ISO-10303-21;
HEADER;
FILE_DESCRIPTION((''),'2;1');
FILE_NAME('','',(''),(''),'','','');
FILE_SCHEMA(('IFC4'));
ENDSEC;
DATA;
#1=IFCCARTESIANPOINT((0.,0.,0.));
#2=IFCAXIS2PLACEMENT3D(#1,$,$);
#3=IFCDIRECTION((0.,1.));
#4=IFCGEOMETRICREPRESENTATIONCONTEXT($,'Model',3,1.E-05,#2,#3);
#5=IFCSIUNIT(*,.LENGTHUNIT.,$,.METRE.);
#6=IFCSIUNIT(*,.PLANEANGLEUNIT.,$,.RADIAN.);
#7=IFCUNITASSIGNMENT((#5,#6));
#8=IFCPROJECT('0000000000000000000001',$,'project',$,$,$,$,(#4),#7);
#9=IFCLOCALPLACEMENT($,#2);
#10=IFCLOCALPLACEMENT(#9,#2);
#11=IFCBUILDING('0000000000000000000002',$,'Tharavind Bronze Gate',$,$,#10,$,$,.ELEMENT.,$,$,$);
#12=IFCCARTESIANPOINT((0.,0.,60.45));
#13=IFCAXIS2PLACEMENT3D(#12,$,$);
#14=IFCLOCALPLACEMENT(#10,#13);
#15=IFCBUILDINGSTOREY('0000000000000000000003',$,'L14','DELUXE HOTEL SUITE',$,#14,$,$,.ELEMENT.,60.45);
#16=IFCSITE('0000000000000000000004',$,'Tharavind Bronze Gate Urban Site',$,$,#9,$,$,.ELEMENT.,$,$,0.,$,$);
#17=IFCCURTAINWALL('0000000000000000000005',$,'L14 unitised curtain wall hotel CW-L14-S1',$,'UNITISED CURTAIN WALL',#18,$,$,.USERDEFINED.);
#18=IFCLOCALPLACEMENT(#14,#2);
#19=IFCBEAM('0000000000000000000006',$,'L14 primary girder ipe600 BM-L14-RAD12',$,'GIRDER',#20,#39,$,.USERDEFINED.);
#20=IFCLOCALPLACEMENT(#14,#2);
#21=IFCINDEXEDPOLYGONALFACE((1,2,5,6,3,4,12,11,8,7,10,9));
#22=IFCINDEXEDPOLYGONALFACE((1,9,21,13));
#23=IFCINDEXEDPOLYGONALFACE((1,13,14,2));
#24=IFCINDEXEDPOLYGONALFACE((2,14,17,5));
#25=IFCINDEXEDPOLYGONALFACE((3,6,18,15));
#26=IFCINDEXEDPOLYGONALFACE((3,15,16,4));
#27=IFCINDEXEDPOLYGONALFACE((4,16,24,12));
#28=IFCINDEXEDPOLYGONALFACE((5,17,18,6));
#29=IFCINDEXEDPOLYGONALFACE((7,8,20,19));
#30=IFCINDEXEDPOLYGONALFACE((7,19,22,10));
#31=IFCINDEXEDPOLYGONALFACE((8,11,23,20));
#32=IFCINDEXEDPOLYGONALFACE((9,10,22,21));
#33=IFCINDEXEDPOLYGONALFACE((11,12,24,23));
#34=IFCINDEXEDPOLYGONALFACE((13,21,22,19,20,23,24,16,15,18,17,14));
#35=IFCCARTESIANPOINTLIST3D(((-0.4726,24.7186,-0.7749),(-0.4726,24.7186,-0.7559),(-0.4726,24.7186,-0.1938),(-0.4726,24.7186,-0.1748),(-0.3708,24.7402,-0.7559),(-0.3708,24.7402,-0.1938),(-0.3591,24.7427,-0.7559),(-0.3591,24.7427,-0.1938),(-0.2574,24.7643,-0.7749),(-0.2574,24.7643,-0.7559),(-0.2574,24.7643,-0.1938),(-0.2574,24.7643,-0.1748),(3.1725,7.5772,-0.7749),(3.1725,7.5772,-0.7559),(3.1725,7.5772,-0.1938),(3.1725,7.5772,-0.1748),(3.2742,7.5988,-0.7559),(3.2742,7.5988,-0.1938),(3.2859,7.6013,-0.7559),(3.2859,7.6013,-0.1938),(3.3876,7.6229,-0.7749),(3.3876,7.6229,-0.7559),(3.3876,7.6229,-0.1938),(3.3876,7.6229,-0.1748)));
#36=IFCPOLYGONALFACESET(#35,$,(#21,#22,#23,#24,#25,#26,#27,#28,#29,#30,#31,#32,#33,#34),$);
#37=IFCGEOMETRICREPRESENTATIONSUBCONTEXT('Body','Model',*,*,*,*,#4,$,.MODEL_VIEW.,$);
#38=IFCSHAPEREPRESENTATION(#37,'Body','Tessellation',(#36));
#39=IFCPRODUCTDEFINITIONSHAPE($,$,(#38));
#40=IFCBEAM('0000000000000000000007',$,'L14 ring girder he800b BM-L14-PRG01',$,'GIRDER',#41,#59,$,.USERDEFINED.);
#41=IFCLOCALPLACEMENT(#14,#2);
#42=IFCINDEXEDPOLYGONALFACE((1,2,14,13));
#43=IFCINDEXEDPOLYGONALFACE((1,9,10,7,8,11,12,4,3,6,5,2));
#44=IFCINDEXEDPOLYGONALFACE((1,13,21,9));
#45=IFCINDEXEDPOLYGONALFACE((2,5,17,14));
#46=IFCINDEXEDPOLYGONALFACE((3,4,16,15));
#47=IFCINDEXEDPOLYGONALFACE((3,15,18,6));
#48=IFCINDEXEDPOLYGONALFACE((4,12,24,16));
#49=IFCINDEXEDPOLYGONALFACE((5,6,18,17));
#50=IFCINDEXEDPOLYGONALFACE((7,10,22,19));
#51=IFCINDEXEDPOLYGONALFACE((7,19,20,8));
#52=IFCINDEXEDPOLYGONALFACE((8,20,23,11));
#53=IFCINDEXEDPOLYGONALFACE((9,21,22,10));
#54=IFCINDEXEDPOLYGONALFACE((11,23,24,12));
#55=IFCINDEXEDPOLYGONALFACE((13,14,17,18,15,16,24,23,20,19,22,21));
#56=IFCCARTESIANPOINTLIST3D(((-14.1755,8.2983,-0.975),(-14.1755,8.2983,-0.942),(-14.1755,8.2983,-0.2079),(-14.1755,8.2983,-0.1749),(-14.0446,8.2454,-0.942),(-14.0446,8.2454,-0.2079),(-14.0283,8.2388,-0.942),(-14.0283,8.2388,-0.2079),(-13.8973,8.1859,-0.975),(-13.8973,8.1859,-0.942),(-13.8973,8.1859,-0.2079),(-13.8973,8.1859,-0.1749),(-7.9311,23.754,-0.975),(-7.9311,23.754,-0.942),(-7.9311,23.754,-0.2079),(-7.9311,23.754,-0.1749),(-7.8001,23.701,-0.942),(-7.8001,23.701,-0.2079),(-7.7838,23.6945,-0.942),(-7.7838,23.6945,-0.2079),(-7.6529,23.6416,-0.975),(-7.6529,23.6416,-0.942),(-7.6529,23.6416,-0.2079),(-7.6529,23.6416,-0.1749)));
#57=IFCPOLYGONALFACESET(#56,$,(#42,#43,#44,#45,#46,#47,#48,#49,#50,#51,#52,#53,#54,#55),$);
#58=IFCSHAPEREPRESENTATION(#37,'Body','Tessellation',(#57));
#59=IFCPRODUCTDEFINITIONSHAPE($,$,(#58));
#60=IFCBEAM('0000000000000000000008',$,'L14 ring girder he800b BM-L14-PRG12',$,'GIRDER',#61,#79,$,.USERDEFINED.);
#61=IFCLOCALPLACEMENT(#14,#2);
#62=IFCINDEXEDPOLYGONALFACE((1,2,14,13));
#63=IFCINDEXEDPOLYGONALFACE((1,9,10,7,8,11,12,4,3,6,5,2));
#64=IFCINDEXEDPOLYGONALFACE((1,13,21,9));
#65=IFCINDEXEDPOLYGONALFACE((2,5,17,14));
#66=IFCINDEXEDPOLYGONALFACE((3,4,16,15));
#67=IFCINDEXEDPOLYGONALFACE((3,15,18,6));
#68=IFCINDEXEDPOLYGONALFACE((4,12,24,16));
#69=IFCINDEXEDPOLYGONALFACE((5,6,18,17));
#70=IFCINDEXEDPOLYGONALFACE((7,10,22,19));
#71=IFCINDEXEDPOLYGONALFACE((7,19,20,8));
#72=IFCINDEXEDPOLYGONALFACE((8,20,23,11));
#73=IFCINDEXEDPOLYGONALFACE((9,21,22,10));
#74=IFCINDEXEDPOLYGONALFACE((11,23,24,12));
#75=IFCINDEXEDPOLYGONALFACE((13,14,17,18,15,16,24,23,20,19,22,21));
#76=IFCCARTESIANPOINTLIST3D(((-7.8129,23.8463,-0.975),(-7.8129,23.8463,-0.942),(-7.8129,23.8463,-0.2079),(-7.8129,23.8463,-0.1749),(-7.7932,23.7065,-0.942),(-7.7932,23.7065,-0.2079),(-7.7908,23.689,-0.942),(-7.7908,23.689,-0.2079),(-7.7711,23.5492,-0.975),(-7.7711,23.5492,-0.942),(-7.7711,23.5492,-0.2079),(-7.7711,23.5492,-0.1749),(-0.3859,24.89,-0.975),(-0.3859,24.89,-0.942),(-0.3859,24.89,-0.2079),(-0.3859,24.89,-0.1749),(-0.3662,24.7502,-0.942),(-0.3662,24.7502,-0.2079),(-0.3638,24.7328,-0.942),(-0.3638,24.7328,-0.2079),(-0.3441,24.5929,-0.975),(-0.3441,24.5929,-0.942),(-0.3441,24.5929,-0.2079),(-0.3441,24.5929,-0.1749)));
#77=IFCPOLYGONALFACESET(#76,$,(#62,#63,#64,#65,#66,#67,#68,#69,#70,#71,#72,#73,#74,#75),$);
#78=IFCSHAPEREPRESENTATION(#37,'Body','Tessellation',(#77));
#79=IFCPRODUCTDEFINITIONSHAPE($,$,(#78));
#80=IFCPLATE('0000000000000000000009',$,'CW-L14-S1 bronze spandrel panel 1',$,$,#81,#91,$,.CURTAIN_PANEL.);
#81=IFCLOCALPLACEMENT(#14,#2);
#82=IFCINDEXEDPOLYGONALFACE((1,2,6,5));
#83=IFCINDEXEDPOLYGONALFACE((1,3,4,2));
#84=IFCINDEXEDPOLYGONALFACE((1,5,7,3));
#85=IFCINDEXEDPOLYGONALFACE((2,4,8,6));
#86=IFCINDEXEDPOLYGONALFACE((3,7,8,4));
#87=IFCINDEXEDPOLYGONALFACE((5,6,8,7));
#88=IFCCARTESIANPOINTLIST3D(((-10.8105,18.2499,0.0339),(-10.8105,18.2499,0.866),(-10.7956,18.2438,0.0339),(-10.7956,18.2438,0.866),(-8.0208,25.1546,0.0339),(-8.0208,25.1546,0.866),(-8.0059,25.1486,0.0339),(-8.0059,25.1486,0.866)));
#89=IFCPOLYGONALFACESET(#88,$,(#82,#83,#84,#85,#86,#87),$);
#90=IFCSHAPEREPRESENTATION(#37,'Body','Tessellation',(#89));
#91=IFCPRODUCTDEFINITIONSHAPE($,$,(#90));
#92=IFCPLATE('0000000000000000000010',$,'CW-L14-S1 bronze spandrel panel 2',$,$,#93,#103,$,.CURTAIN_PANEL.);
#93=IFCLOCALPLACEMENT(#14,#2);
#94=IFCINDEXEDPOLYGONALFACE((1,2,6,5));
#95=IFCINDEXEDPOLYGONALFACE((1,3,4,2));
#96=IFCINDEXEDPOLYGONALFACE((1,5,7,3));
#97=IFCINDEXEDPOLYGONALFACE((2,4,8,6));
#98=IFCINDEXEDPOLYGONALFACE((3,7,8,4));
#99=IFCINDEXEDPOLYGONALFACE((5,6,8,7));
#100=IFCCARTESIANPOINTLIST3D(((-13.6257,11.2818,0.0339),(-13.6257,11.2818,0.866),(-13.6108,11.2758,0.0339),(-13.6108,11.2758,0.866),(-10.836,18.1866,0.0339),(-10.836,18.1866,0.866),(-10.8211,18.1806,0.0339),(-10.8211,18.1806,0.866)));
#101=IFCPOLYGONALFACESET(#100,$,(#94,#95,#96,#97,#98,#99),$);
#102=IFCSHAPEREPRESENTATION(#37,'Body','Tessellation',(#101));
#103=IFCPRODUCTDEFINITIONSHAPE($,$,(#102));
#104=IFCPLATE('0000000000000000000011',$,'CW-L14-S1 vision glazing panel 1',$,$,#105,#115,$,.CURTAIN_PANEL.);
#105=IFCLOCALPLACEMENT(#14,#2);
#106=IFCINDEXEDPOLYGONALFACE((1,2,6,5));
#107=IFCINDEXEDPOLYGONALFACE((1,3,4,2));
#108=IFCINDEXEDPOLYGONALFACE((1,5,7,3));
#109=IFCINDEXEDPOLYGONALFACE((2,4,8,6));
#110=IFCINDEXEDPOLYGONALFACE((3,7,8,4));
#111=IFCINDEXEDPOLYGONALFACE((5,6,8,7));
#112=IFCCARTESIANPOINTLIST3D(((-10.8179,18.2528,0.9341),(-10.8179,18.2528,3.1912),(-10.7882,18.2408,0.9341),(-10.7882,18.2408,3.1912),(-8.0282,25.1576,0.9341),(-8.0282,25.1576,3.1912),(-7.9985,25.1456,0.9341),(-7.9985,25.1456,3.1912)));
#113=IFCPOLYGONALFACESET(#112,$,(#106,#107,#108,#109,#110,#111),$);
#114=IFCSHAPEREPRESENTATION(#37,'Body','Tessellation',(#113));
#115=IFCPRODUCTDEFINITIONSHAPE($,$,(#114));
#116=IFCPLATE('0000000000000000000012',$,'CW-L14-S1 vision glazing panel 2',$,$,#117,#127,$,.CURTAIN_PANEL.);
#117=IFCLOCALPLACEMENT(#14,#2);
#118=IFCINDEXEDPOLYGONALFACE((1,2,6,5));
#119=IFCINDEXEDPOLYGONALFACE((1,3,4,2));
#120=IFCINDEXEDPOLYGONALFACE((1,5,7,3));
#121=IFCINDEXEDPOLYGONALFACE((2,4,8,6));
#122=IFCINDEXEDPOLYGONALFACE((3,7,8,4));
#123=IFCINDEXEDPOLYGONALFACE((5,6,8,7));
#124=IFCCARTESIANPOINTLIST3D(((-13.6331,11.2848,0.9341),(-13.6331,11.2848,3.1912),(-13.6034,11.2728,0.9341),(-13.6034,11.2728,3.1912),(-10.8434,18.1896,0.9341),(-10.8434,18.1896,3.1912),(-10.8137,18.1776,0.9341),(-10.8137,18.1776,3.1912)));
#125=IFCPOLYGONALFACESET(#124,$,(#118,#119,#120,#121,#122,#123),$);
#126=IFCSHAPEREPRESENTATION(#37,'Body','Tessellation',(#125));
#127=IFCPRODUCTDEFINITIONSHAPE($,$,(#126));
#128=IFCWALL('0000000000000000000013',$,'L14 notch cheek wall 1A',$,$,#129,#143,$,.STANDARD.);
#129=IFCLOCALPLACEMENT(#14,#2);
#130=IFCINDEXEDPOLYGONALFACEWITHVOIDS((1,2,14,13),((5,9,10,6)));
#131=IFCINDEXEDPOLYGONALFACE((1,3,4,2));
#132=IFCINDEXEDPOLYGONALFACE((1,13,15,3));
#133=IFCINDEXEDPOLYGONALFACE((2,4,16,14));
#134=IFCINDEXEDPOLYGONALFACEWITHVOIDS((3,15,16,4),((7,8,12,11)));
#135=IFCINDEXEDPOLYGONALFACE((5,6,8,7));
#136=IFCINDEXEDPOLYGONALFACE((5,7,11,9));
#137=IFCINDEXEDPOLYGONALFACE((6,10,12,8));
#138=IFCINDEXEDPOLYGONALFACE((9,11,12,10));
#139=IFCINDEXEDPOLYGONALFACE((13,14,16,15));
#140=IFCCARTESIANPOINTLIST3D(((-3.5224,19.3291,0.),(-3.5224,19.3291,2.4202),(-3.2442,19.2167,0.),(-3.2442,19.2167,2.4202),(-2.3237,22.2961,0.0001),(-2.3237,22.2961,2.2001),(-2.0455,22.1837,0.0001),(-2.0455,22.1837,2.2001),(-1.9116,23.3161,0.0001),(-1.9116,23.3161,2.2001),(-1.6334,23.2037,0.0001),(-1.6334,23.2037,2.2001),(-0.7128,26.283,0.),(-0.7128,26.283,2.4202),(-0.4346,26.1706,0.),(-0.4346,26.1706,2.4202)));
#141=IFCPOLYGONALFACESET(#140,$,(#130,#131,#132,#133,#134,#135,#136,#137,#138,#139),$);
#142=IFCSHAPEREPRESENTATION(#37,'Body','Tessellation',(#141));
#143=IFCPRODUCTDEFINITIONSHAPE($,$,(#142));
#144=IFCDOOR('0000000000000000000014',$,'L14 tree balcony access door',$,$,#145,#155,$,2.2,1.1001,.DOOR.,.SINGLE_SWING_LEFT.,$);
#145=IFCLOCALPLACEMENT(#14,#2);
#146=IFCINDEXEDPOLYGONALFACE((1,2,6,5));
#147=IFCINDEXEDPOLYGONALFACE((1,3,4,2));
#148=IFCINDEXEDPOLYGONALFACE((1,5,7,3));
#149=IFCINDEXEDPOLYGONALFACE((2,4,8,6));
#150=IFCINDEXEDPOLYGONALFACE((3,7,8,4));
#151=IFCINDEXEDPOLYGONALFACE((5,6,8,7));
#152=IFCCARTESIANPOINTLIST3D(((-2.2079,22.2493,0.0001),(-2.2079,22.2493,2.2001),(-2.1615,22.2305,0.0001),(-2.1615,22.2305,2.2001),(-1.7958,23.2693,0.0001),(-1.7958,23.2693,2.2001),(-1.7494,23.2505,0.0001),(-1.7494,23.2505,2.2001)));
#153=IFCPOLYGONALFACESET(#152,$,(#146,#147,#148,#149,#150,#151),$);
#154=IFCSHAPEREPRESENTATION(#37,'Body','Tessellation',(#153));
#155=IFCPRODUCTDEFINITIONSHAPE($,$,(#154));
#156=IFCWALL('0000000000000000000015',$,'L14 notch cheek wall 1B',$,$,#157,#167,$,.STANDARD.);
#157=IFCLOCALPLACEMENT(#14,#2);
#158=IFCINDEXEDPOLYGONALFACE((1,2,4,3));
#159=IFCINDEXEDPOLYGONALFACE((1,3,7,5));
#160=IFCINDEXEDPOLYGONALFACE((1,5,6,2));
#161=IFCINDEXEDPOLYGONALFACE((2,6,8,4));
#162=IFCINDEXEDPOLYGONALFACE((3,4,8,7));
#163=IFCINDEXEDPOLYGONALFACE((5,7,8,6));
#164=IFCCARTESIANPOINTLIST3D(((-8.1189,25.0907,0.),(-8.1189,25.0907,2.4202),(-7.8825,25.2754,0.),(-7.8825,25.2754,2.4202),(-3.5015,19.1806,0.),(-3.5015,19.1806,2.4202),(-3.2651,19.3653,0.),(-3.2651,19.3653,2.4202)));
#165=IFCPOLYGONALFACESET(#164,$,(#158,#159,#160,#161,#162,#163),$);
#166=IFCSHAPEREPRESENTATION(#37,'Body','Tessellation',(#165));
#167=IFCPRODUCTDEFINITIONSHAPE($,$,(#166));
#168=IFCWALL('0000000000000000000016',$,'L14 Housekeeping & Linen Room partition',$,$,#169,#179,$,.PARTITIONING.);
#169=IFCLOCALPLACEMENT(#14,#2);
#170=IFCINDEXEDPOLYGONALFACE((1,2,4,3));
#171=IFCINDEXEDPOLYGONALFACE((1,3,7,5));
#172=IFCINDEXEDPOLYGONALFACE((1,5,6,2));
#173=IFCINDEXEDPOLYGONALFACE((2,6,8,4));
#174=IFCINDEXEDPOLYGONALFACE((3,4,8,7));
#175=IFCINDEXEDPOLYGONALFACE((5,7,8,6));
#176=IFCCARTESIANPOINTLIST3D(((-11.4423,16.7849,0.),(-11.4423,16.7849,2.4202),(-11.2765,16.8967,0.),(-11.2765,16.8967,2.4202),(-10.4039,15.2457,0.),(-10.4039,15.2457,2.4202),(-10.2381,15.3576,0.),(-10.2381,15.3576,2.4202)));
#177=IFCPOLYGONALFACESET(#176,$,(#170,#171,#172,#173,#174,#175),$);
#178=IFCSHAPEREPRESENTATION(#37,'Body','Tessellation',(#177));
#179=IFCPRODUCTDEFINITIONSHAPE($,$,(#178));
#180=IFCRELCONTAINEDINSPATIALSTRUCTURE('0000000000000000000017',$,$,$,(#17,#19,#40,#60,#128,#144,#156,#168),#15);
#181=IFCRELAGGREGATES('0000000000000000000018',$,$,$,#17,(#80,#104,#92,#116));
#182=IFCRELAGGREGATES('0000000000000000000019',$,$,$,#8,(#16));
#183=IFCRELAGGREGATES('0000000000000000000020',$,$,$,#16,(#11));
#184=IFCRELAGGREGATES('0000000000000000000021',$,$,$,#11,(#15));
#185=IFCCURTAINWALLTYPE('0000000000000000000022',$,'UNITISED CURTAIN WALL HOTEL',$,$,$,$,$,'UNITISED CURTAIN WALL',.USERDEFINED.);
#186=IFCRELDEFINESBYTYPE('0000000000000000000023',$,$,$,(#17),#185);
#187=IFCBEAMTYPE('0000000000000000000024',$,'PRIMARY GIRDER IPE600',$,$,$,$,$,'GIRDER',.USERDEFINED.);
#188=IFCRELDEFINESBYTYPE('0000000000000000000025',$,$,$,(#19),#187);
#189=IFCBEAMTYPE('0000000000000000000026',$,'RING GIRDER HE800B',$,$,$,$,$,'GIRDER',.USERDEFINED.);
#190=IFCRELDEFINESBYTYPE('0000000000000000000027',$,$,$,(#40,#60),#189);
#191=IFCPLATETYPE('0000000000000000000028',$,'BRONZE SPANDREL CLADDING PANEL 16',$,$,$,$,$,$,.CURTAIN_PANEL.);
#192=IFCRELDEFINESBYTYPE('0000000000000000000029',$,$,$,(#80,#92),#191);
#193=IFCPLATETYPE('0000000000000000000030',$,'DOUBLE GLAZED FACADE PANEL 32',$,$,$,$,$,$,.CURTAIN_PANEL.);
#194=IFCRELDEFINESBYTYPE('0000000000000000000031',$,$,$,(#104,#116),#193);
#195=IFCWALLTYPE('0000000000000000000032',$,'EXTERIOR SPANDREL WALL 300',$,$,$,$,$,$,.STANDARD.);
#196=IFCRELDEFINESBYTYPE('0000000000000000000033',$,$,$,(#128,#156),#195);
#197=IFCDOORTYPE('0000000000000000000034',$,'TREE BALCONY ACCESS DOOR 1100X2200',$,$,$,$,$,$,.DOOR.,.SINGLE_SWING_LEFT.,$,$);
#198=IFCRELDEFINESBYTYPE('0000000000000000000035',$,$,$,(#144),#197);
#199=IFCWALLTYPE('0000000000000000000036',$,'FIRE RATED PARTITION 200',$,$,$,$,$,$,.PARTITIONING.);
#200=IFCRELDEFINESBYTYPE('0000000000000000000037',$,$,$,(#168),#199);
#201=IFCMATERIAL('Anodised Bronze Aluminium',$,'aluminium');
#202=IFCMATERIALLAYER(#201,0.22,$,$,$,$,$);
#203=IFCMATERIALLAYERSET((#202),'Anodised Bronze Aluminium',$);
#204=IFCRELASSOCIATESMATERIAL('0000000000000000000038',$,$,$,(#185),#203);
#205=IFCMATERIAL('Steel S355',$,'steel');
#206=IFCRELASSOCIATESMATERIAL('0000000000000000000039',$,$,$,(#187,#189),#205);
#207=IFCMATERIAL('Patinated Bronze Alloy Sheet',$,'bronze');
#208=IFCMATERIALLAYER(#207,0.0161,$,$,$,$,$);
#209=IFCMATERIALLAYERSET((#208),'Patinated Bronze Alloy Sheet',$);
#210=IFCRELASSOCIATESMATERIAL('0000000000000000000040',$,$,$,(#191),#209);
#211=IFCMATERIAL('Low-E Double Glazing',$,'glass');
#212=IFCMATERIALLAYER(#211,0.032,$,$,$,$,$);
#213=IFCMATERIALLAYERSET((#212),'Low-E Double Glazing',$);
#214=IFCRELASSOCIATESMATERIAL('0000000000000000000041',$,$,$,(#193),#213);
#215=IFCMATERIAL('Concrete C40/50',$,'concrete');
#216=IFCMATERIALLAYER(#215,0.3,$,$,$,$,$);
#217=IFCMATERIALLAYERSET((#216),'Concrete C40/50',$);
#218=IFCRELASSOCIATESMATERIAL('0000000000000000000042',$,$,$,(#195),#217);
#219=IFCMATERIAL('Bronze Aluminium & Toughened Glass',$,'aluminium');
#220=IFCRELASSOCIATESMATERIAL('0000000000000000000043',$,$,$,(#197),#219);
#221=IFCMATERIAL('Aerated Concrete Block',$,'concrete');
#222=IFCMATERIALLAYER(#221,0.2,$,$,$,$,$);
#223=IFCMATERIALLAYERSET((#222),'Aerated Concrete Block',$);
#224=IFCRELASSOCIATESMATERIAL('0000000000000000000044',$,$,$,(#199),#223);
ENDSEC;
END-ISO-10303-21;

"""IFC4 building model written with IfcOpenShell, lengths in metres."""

from ifc_helpers import new_model, si_unit, direction, frame, frame_2d, origin, origin_2d, place, context, subcontext, project, spatial, rectangle, i_section, extrude, material, layer, layer_set, material_profile, profile_set, type_object, element, fill, aggregate, save


model = new_model("IFC4")

# Units and contexts
model_context = context("Model", 3, precision=1e-05, world=origin(), true_north=direction((0.0, 1.0)))
body_context = subcontext(model_context, "Body", "Model", "MODEL_VIEW")
ifc_project = project(units=[si_unit("LENGTHUNIT", "METRE"), si_unit("PLANEANGLEUNIT", "RADIAN")], contexts=[model_context])

# Site, building, storey
site_placement = place(None, origin())
site = spatial("IfcSite", under=ifc_project, at=site_placement, Name="Tharavind Bronze Gate Urban Site", CompositionType="ELEMENT", RefElevation=0.0)
building_placement = place(site_placement, origin())
building = spatial("IfcBuilding", under=site, at=building_placement, Name="Tharavind Bronze Gate", CompositionType="ELEMENT")
storey_placement = place(building_placement, frame((0.0, 0.0, 60.45)))
storey = spatial("IfcBuildingStorey", under=building, at=storey_placement, Name="L14", Description="DELUXE HOTEL SUITE", CompositionType="ELEMENT", Elevation=60.45)

# Curtain wall
ifc_material_1 = material(Name="Anodised Bronze Aluminium", Category="aluminium")
ifc_layer_1 = layer(ifc_material_1, 0.22)
ifc_layer_set_1 = layer_set([ifc_layer_1], Name="Anodised Bronze Aluminium")
curtain_wall_type = type_object("IfcCurtainWallType", Name="UNITISED CURTAIN WALL HOTEL", ElementType="UNITISED CURTAIN WALL", PredefinedType="USERDEFINED", material=ifc_layer_set_1)
curtain_wall_1_placement = place(storey_placement, origin())
curtain_wall_1 = element("IfcCurtainWall", 1, at=curtain_wall_1_placement, inside=storey, type_object=curtain_wall_type, Name="L14 unitised curtain wall hotel CW-L14-S1", ObjectType="UNITISED CURTAIN WALL", PredefinedType="USERDEFINED")

# Beams
ifc_material_2 = material(Name="Steel S355", Category="steel")
ifc_material_profile_1 = material_profile(ifc_material_2, i_section(OverallWidth=0.22, OverallDepth=0.6001, WebThickness=0.012, FlangeThickness=0.019, at=origin_2d()), Name="IPE600")
ifc_profile_set_1 = profile_set([ifc_material_profile_1], Name="Steel S355")
beam_type_1 = type_object("IfcBeamType", Name="PRIMARY GIRDER IPE600", ElementType="GIRDER", PredefinedType="USERDEFINED", material=ifc_profile_set_1)
beam_1_placement = place(storey_placement, frame((-0.365, 24.7415, -0.4749), z_axis=(0.207994, -0.97813, 0.0), x_axis=(0.97813, 0.207994, 0.0)))
element("IfcBeam", 2, at=beam_1_placement, inside=storey, type_object=beam_type_1, Name="L14 primary girder ipe600 BM-L14-RAD12", ObjectType="GIRDER", PredefinedType="USERDEFINED", context=body_context, shape_type="SweptSolid", body=[
    extrude(i_section(OverallWidth=0.22, OverallDepth=0.6001, WebThickness=0.012, FlangeThickness=0.019, at=origin_2d()), origin(), (0.0, 0.0, 1.0), 17.5247),
])
ifc_material_profile_2 = material_profile(ifc_material_2, i_section(OverallWidth=0.3, OverallDepth=0.8, WebThickness=0.0176, FlangeThickness=0.033, at=origin_2d()), Name="HE800B")
ifc_profile_set_2 = profile_set([ifc_material_profile_2], Name="Steel S355")
beam_type_2 = type_object("IfcBeamType", Name="RING GIRDER HE800B", ElementType="GIRDER", PredefinedType="USERDEFINED", material=ifc_profile_set_2)
beam_2_placement = place(storey_placement, frame((-7.792, 23.6978, -0.575), z_axis=(-0.374603, -0.927185, 0.0), x_axis=(0.927185, -0.374603, 0.0)))
element("IfcBeam", 3, at=beam_2_placement, inside=storey, type_object=beam_type_2, Name="L14 ring girder he800b BM-L14-PRG01", ObjectType="GIRDER", PredefinedType="USERDEFINED", context=body_context, shape_type="SweptSolid", body=[
    extrude(i_section(OverallWidth=0.3, OverallDepth=0.8, WebThickness=0.0176, FlangeThickness=0.033, at=origin_2d()), origin(), (0.0, 0.0, 1.0), 16.6694),
])
beam_3_placement = place(storey_placement, frame((-0.365, 24.7415, -0.575), z_axis=(-0.99027, -0.139161, 0.0), x_axis=(0.139161, -0.99027, 0.0)))
element("IfcBeam", 4, at=beam_3_placement, inside=storey, type_object=beam_type_2, Name="L14 ring girder he800b BM-L14-PRG12", ObjectType="GIRDER", PredefinedType="USERDEFINED", context=body_context, shape_type="SweptSolid", body=[
    extrude(i_section(OverallWidth=0.3, OverallDepth=0.8, WebThickness=0.0176, FlangeThickness=0.033, at=origin_2d()), origin(), (0.0, 0.0, 1.0), 7.5),
])

# Plates
ifc_material_3 = material(Name="Patinated Bronze Alloy Sheet", Category="bronze")
ifc_layer_2 = layer(ifc_material_3, 0.0161)
ifc_layer_set_2 = layer_set([ifc_layer_2], Name="Patinated Bronze Alloy Sheet")
plate_type_1 = type_object("IfcPlateType", Name="BRONZE SPANDREL CLADDING PANEL 16", PredefinedType="CURTAIN_PANEL", material=ifc_layer_set_2)
plate_1_placement = place(storey_placement, frame((-9.4082, 21.6992, 0.0339), z_axis=(0.0, 0.0, 1.0), x_axis=(-0.374607, -0.927184, 0.0)))
plate_1 = element("IfcPlate", 5, at=plate_1_placement, type_object=plate_type_1, Name="CW-L14-S1 bronze spandrel panel 1", PredefinedType="CURTAIN_PANEL", context=body_context, shape_type="SweptSolid", body=[
    extrude(rectangle(XDim=7.447, YDim=0.0161, at=origin_2d()), origin(), (0.0, 0.0, 1.0), 0.832),
])
plate_2_placement = place(storey_placement, frame((-12.2234, 14.7312, 0.0339), z_axis=(0.0, 0.0, 1.0), x_axis=(-0.374607, -0.927184, 0.0)))
plate_2 = element("IfcPlate", 6, at=plate_2_placement, type_object=plate_type_1, Name="CW-L14-S1 bronze spandrel panel 2", PredefinedType="CURTAIN_PANEL", context=body_context, shape_type="SweptSolid", body=[
    extrude(rectangle(XDim=7.447, YDim=0.0161, at=origin_2d()), origin(), (0.0, 0.0, 1.0), 0.832),
])
ifc_material_4 = material(Name="Low-E Double Glazing", Category="glass")
ifc_layer_3 = layer(ifc_material_4, 0.032)
ifc_layer_set_3 = layer_set([ifc_layer_3], Name="Low-E Double Glazing")
plate_type_2 = type_object("IfcPlateType", Name="DOUBLE GLAZED FACADE PANEL 32", PredefinedType="CURTAIN_PANEL", material=ifc_layer_set_3)
plate_3_placement = place(storey_placement, frame((-9.4082, 21.6992, 0.9341), z_axis=(0.0, 0.0, 1.0), x_axis=(-0.374607, -0.927184, 0.0)))
plate_3 = element("IfcPlate", 7, at=plate_3_placement, type_object=plate_type_2, Name="CW-L14-S1 vision glazing panel 1", PredefinedType="CURTAIN_PANEL", context=body_context, shape_type="SweptSolid", body=[
    extrude(rectangle(XDim=7.447, YDim=0.032, at=origin_2d()), origin(), (0.0, 0.0, 1.0), 2.2571),
])
plate_4_placement = place(storey_placement, frame((-12.2234, 14.7312, 0.9341), z_axis=(0.0, 0.0, 1.0), x_axis=(-0.374607, -0.927184, 0.0)))
plate_4 = element("IfcPlate", 8, at=plate_4_placement, type_object=plate_type_2, Name="CW-L14-S1 vision glazing panel 2", PredefinedType="CURTAIN_PANEL", context=body_context, shape_type="SweptSolid", body=[
    extrude(rectangle(XDim=7.447, YDim=0.032, at=origin_2d()), origin(), (0.0, 0.0, 1.0), 2.2571),
])
aggregate(curtain_wall_1, [plate_1, plate_3, plate_2, plate_4])

# Wall, opening, door
ifc_material_5 = material(Name="Concrete C40/50", Category="concrete")
ifc_layer_4 = layer(ifc_material_5, 0.3)
ifc_layer_set_4 = layer_set([ifc_layer_4], Name="Concrete C40/50")
wall_type_1 = type_object("IfcWallType", Name="EXTERIOR SPANDREL WALL 300", PredefinedType="STANDARD", material=ifc_layer_set_4)
wall_1_placement = place(storey_placement, frame((-0.5737, 26.2268, 0.0), z_axis=(0.0, 0.0, 1.0), x_axis=(-0.37461, -0.927182, 0.0)))
wall_1 = element("IfcWall", 9, at=wall_1_placement, inside=storey, type_object=wall_type_1, Name="L14 notch cheek wall 1A", PredefinedType="STANDARD", context=body_context, shape_type="SweptSolid", body=[
    extrude(rectangle(XDim=7.5, YDim=0.3, at=frame_2d((3.75, 0.0))), origin(), (0.0, 0.0, 1.0), 2.4202),
])
opening_placement = place(wall_1_placement, frame((3.2, 0.0, 0.0)))
opening = element("IfcOpeningElement", 10, at=opening_placement, cuts=wall_1, PredefinedType="OPENING", context=body_context, shape_type="SweptSolid", body=[
    extrude(rectangle(XDim=1.1001, YDim=2.2, at=frame_2d((0.55, 1.1001))), frame((0.0, 0.1599, 0.0), z_axis=(0.0, -1.0, 0.0), x_axis=(1.0, 0.0, 0.0)), (0.0, 0.0, 1.0), 0.32),
])
ifc_material_6 = material(Name="Bronze Aluminium & Toughened Glass", Category="aluminium")
door_type = type_object("IfcDoorType", Name="TREE BALCONY ACCESS DOOR 1100X2200", OperationType="SINGLE_SWING_LEFT", PredefinedType="DOOR", material=ifc_material_6)
door_placement = place(opening_placement, origin())
door = element("IfcDoor", 11, at=door_placement, inside=storey, type_object=door_type, Name="L14 tree balcony access door", OperationType="SINGLE_SWING_LEFT", OverallHeight=2.2, OverallWidth=1.1001, PredefinedType="DOOR", context=body_context, shape_type="SweptSolid", body=[
    extrude(rectangle(XDim=1.1001, YDim=2.2, at=frame_2d((0.55, 1.1001))), frame((0.0, 0.0249, 0.0), z_axis=(0.0, -1.0, 0.0), x_axis=(1.0, 0.0, 0.0)), (0.0, 0.0, 1.0), 0.05),
])
fill(opening, door)

# Walls
wall_2_placement = place(storey_placement, frame((-3.3833, 19.2729, 0.0), z_axis=(0.0, 0.0, 1.0), x_axis=(-0.615654, 0.788016, 0.0)))
element("IfcWall", 12, at=wall_2_placement, inside=storey, type_object=wall_type_1, Name="L14 notch cheek wall 1B", PredefinedType="STANDARD", context=body_context, shape_type="SweptSolid", body=[
    extrude(rectangle(XDim=7.5, YDim=0.3, at=frame_2d((3.75, 0.0))), origin(), (0.0, 0.0, 1.0), 2.4202),
])
ifc_material_7 = material(Name="Aerated Concrete Block", Category="concrete")
ifc_layer_5 = layer(ifc_material_7, 0.2)
ifc_layer_set_5 = layer_set([ifc_layer_5], Name="Aerated Concrete Block")
wall_type_2 = type_object("IfcWallType", Name="FIRE RATED PARTITION 200", PredefinedType="PARTITIONING", material=ifc_layer_set_5)
wall_3_placement = place(storey_placement, frame((-10.321, 15.3018, 0.0), z_axis=(0.0, 0.0, 1.0), x_axis=(-0.559274, 0.828983, 0.0)))
element("IfcWall", 13, at=wall_3_placement, inside=storey, type_object=wall_type_2, Name="L14 Housekeeping & Linen Room partition", PredefinedType="PARTITIONING", context=body_context, shape_type="SweptSolid", body=[
    extrude(rectangle(XDim=1.8567, YDim=0.2, at=frame_2d((0.9282, 0.0))), origin(), (0.0, 0.0, 1.0), 2.4202),
])

save(model, "model.ifc")
